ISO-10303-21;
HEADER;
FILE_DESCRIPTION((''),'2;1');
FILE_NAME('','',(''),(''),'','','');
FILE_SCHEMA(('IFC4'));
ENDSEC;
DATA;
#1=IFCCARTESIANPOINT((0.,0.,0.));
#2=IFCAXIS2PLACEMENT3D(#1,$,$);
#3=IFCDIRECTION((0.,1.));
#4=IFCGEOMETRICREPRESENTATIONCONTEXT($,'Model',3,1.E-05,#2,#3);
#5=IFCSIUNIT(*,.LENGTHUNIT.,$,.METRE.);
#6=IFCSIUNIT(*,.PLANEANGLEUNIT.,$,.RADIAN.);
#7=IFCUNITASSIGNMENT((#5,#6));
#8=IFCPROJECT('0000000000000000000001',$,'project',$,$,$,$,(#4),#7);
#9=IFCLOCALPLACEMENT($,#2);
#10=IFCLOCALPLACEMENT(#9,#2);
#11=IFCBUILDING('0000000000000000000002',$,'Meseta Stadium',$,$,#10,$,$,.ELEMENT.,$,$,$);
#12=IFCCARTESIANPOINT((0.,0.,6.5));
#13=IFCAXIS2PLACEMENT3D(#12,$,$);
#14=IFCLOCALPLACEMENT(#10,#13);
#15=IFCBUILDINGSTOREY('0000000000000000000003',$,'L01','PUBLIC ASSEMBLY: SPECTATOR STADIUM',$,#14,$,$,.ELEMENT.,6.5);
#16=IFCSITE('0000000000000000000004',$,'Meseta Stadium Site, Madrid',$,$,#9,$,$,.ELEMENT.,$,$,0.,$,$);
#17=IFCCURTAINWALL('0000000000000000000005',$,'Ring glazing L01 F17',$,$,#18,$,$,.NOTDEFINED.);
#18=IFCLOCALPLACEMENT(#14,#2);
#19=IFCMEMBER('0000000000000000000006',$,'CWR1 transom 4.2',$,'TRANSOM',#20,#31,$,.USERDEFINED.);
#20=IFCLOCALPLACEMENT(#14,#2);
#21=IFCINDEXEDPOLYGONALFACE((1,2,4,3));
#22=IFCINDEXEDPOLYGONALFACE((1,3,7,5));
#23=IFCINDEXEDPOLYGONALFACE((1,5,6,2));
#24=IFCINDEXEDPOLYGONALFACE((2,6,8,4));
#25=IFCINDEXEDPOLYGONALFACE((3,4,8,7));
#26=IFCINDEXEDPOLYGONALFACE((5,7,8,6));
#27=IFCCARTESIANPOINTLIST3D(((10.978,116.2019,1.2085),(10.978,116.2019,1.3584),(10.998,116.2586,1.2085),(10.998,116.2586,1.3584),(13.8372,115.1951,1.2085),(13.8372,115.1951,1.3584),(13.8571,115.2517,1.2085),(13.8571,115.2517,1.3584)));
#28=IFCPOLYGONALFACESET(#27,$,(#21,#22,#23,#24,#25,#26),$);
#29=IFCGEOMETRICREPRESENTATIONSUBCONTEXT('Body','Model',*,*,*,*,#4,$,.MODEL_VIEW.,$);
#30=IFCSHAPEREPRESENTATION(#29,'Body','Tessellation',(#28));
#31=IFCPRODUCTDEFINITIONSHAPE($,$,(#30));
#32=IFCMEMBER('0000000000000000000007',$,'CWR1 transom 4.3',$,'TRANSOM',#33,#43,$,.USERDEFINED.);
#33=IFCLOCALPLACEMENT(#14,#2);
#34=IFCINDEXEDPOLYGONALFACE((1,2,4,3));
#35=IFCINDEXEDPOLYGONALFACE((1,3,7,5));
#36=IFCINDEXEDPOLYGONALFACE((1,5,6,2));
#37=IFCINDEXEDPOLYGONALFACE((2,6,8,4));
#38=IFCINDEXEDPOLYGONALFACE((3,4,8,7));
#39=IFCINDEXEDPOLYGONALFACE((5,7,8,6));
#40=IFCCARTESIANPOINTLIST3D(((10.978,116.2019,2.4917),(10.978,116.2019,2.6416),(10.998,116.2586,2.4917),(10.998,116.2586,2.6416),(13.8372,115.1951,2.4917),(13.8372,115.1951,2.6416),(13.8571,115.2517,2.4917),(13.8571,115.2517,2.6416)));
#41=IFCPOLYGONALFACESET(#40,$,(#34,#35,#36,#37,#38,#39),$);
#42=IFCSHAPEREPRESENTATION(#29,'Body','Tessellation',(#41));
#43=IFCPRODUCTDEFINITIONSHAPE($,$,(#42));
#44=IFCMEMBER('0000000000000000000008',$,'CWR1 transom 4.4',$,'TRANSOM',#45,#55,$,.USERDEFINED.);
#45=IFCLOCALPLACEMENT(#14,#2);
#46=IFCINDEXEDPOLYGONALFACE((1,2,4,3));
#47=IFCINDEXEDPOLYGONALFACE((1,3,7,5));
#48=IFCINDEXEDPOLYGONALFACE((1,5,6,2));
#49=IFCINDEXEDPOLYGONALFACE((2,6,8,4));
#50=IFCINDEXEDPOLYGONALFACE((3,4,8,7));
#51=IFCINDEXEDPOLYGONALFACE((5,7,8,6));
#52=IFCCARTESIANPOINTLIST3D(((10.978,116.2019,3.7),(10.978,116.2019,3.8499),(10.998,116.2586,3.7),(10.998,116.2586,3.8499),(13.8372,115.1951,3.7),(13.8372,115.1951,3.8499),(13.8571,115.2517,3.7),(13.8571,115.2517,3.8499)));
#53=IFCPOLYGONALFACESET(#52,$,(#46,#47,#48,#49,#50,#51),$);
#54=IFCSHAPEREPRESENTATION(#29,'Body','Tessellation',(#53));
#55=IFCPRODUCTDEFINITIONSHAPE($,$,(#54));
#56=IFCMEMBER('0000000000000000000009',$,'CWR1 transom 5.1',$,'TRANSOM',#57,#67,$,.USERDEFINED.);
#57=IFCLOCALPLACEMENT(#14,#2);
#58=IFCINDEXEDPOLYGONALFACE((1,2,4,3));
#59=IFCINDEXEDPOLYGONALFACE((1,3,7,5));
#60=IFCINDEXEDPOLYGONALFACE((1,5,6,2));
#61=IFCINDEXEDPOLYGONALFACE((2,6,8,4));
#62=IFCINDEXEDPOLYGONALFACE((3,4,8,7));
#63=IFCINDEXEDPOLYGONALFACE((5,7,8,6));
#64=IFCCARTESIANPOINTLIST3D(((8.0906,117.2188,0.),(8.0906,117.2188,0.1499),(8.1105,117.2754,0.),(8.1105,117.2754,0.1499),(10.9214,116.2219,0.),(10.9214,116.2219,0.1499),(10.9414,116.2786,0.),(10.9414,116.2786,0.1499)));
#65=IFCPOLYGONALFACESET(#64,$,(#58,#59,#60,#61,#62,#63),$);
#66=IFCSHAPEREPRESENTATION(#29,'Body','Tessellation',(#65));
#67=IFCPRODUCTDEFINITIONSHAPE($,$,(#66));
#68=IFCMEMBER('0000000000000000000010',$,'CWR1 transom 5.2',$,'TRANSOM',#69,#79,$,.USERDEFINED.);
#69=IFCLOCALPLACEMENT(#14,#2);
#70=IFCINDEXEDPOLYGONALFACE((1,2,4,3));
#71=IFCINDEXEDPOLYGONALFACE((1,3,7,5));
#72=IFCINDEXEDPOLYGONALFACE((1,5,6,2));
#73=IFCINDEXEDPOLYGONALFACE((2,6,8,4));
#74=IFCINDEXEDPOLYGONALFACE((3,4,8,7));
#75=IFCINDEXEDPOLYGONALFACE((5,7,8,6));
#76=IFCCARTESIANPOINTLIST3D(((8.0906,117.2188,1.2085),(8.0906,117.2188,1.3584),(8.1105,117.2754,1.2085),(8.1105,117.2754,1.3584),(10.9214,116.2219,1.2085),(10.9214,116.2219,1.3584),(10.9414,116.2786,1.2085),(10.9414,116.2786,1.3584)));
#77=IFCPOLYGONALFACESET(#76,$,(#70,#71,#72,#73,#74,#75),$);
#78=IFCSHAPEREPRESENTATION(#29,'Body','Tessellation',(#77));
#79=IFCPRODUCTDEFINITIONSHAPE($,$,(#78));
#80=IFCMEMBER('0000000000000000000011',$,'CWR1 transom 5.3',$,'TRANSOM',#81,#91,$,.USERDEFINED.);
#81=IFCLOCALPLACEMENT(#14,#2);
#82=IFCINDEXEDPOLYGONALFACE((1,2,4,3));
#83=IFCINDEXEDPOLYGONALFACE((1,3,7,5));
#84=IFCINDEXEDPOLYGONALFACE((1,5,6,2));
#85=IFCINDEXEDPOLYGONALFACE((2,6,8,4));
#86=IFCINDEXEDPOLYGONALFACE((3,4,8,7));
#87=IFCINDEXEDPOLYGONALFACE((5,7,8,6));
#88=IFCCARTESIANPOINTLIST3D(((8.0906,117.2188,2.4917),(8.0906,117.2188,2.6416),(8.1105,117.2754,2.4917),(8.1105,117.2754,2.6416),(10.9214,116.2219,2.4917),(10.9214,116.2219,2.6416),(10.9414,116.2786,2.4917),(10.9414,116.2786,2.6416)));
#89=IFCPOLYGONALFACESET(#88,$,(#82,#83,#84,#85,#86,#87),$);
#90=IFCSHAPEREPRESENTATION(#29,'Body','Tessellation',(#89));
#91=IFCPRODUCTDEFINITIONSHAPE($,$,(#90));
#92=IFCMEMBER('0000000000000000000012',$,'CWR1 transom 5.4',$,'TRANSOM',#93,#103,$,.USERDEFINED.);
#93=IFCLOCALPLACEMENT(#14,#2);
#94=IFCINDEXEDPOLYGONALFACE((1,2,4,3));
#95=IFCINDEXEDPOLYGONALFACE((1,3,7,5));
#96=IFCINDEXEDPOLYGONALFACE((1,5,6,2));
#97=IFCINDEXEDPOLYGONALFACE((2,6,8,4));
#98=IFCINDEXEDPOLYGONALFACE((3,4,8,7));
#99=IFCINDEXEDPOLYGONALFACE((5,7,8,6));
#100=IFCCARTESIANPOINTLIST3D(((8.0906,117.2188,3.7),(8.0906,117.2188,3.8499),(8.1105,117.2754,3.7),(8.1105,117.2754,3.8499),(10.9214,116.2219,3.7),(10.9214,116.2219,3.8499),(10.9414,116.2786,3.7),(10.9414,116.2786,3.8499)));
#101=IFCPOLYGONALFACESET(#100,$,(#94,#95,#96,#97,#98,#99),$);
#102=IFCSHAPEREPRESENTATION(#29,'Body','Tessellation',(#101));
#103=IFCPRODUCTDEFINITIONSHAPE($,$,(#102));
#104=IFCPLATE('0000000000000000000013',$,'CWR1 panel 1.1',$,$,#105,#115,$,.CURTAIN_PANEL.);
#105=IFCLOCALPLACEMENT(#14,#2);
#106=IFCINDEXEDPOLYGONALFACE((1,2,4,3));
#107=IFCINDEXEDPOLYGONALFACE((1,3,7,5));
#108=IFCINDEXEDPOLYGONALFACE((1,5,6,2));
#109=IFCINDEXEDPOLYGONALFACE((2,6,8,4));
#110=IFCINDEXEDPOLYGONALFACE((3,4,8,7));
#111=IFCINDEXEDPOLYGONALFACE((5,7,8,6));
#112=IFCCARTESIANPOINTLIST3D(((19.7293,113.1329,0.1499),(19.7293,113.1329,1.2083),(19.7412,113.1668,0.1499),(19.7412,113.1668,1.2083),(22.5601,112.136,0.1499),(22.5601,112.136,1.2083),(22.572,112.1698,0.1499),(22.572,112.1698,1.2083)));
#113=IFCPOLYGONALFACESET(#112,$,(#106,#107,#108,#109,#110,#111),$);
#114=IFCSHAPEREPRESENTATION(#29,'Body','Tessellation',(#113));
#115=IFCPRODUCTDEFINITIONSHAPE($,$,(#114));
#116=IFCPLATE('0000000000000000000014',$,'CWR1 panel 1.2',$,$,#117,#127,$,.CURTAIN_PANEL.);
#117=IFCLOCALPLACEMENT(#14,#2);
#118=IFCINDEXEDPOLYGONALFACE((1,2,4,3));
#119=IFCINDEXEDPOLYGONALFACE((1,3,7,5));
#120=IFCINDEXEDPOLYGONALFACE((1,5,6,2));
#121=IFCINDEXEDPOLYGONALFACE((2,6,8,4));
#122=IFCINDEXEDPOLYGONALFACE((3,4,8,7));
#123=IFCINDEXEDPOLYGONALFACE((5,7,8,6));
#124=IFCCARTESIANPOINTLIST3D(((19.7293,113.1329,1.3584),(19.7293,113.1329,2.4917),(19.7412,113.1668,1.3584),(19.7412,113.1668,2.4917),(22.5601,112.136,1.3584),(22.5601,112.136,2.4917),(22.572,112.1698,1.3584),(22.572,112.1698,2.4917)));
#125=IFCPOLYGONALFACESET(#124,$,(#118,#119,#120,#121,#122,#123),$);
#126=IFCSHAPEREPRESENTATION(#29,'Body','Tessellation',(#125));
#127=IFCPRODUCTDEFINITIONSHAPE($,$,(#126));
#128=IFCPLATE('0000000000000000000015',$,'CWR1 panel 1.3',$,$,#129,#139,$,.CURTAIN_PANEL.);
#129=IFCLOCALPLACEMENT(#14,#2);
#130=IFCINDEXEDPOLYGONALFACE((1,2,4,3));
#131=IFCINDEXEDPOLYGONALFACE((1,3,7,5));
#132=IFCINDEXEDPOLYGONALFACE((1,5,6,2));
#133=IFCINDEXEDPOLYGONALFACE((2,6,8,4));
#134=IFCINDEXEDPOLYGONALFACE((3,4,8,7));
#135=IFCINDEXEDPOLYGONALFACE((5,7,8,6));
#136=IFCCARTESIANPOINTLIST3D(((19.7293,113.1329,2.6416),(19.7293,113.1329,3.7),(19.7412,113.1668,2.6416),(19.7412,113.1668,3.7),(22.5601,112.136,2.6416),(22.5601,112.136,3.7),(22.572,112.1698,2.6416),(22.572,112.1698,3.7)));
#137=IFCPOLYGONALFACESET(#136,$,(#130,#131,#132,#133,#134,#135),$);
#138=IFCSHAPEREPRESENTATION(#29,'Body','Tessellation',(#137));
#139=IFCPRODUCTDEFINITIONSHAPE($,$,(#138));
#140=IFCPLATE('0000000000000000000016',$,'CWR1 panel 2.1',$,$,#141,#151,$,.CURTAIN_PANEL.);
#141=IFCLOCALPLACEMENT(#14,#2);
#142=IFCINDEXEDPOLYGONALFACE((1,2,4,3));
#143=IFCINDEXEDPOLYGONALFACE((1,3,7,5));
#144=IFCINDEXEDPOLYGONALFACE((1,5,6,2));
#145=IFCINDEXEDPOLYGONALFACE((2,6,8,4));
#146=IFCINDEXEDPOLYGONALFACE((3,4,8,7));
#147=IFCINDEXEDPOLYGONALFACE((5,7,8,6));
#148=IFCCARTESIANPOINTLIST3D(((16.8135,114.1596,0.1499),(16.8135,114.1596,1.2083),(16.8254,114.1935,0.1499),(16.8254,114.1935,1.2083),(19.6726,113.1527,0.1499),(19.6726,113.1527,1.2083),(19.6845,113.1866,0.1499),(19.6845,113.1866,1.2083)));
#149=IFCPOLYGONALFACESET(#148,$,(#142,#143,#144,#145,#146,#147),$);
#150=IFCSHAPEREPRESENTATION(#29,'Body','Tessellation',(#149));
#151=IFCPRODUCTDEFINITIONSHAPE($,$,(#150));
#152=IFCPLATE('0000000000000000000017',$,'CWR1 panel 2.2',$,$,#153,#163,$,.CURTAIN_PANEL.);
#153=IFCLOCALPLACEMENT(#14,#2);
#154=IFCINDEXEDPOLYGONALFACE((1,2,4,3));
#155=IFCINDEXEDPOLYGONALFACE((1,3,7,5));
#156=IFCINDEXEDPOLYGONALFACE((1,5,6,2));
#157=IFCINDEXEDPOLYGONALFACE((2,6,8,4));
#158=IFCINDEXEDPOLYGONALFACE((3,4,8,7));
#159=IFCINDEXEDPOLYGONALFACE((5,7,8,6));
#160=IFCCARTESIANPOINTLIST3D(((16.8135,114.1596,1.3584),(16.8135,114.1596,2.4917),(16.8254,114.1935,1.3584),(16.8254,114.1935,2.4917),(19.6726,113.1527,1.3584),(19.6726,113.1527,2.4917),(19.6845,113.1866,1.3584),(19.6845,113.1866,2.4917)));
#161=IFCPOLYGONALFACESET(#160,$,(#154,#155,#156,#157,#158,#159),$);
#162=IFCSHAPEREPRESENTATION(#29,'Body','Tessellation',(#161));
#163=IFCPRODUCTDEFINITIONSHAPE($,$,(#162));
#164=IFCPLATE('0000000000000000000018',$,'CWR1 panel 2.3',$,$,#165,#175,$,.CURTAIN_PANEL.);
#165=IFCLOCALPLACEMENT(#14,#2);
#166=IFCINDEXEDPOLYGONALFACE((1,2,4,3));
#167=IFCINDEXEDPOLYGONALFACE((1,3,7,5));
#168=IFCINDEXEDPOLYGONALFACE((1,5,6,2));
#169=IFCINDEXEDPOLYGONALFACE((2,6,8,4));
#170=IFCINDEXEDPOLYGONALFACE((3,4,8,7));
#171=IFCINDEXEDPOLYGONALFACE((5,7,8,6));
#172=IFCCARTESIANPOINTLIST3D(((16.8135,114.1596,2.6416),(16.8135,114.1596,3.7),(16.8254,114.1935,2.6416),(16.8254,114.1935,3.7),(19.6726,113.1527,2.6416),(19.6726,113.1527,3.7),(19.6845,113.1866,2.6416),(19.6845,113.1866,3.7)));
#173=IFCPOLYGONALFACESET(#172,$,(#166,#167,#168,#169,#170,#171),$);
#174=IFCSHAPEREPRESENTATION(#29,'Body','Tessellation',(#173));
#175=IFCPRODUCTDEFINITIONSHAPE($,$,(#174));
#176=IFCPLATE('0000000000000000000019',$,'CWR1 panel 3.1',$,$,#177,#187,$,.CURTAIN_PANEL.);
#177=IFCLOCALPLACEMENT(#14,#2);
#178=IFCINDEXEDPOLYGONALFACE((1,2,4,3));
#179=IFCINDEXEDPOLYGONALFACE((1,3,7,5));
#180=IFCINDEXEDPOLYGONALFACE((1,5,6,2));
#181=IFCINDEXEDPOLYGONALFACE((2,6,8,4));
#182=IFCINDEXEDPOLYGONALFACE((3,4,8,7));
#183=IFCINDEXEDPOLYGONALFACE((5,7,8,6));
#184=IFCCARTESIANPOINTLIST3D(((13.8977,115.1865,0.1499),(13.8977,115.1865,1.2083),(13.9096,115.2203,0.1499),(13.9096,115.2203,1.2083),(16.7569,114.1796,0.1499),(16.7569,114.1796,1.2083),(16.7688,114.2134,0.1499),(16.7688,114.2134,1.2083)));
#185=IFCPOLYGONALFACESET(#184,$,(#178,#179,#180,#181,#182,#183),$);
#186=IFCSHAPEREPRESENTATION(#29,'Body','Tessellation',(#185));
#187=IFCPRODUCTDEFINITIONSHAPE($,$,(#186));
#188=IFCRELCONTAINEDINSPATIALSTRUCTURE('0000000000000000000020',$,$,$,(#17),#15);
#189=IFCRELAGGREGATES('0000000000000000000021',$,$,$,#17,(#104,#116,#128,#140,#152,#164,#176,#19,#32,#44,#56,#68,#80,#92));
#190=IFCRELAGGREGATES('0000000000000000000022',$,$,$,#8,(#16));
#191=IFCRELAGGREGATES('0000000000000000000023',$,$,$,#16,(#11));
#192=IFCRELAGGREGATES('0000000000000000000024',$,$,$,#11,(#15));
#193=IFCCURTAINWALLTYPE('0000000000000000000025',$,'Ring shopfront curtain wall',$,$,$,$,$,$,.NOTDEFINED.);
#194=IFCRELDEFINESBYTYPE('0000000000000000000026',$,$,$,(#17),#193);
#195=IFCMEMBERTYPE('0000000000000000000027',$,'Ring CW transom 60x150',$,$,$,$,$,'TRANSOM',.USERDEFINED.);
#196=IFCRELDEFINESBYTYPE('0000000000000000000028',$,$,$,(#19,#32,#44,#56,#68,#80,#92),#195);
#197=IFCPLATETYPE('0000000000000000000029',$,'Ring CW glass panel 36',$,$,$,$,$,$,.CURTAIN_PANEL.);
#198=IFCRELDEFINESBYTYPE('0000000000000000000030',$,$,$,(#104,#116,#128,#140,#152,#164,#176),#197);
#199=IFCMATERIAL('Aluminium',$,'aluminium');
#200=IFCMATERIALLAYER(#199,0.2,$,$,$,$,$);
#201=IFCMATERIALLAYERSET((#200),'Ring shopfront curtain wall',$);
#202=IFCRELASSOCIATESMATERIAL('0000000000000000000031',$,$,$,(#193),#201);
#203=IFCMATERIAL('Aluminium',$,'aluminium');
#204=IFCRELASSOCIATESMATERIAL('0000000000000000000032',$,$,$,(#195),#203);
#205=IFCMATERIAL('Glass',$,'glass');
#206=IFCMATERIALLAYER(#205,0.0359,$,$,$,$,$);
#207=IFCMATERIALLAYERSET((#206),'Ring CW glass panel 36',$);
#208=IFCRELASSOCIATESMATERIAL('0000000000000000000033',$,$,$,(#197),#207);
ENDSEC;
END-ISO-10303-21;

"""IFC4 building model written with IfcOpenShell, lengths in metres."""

from ifc_helpers import new_model, si_unit, direction, frame, origin, origin_2d, place, context, subcontext, project, spatial, rectangle, extrude, material, layer, layer_set, material_profile, profile_set, type_object, element, aggregate, save


model = new_model("IFC4")

# Units and contexts
model_context = context("Model", 3, precision=1e-05, world=origin(), true_north=direction((0.0, 1.0)))
body_context = subcontext(model_context, "Body", "Model", "MODEL_VIEW")
ifc_project = project(units=[si_unit("LENGTHUNIT", "METRE"), si_unit("PLANEANGLEUNIT", "RADIAN")], contexts=[model_context])

# Site, building, storey
site_placement = place(None, origin())
site = spatial("IfcSite", under=ifc_project, at=site_placement, Name="Meseta Stadium Site, Madrid", CompositionType="ELEMENT", RefElevation=0.0)
building_placement = place(site_placement, origin())
building = spatial("IfcBuilding", under=site, at=building_placement, Name="Meseta Stadium", CompositionType="ELEMENT")
storey_placement = place(building_placement, frame((0.0, 0.0, 6.5)))
storey = spatial("IfcBuildingStorey", under=building, at=storey_placement, Name="L01", Description="PUBLIC ASSEMBLY: SPECTATOR STADIUM", CompositionType="ELEMENT", Elevation=6.5)

# Curtain wall, members, plates
ifc_material_1 = material(Name="Aluminium", Category="aluminium")
ifc_layer_1 = layer(ifc_material_1, 0.2)
ifc_layer_set_1 = layer_set([ifc_layer_1], Name="Ring shopfront curtain wall")
curtain_wall_type = type_object("IfcCurtainWallType", Name="Ring shopfront curtain wall", PredefinedType="NOTDEFINED", material=ifc_layer_set_1)
curtain_wall_placement = place(storey_placement, origin())
curtain_wall = element("IfcCurtainWall", 1, at=curtain_wall_placement, inside=storey, type_object=curtain_wall_type, Name="Ring glazing L01 F17", PredefinedType="NOTDEFINED")
ifc_material_2 = material(Name="Aluminium", Category="aluminium")
ifc_material_profile_1 = material_profile(ifc_material_2, rectangle(XDim=0.0601, YDim=0.1499, at=origin_2d()), Name="CW 60x150")
ifc_profile_set_1 = profile_set([ifc_material_profile_1], Name="Aluminium")
member_type_1 = type_object("IfcMemberType", Name="Ring CW transom 60x150", ElementType="TRANSOM", PredefinedType="USERDEFINED", material=ifc_profile_set_1)
member_1_placement = place(storey_placement, frame((13.8472, 115.2234, 1.2834), z_axis=(-0.943225, 0.332154, 0.0), x_axis=(-0.332154, -0.943225, 0.0)))
member_1 = element("IfcMember", 2, at=member_1_placement, type_object=member_type_1, Name="CWR1 transom 4.2", ObjectType="TRANSOM", PredefinedType="USERDEFINED", context=body_context, shape_type="SweptSolid", body=[
    extrude(rectangle(XDim=0.0601, YDim=0.1499, at=origin_2d()), origin(), (0.0, 0.0, 1.0), 3.0312),
])
member_2_placement = place(storey_placement, frame((13.8472, 115.2234, 2.5667), z_axis=(-0.943225, 0.332154, 0.0), x_axis=(-0.332154, -0.943225, 0.0)))
member_2 = element("IfcMember", 3, at=member_2_placement, type_object=member_type_1, Name="CWR1 transom 4.3", ObjectType="TRANSOM", PredefinedType="USERDEFINED", context=body_context, shape_type="SweptSolid", body=[
    extrude(rectangle(XDim=0.0601, YDim=0.1499, at=origin_2d()), origin(), (0.0, 0.0, 1.0), 3.0312),
])
member_3_placement = place(storey_placement, frame((13.8472, 115.2234, 3.7749), z_axis=(-0.943225, 0.332154, 0.0), x_axis=(-0.332154, -0.943225, 0.0)))
member_3 = element("IfcMember", 4, at=member_3_placement, type_object=member_type_1, Name="CWR1 transom 4.4", ObjectType="TRANSOM", PredefinedType="USERDEFINED", context=body_context, shape_type="SweptSolid", body=[
    extrude(rectangle(XDim=0.0601, YDim=0.1499, at=origin_2d()), origin(), (0.0, 0.0, 1.0), 3.0312),
])
member_4_placement = place(storey_placement, frame((10.9314, 116.2502, 0.075), z_axis=(-0.943229, 0.332143, 0.0), x_axis=(-0.332143, -0.943229, 0.0)))
member_4 = element("IfcMember", 5, at=member_4_placement, type_object=member_type_1, Name="CWR1 transom 5.1", ObjectType="TRANSOM", PredefinedType="USERDEFINED", context=body_context, shape_type="SweptSolid", body=[
    extrude(rectangle(XDim=0.0601, YDim=0.1499, at=origin_2d()), origin(), (0.0, 0.0, 1.0), 3.0012),
])
member_5_placement = place(storey_placement, frame((10.9314, 116.2502, 1.2834), z_axis=(-0.943229, 0.332143, 0.0), x_axis=(-0.332143, -0.943229, 0.0)))
member_5 = element("IfcMember", 6, at=member_5_placement, type_object=member_type_1, Name="CWR1 transom 5.2", ObjectType="TRANSOM", PredefinedType="USERDEFINED", context=body_context, shape_type="SweptSolid", body=[
    extrude(rectangle(XDim=0.0601, YDim=0.1499, at=origin_2d()), origin(), (0.0, 0.0, 1.0), 3.0012),
])
member_6_placement = place(storey_placement, frame((10.9314, 116.2502, 2.5667), z_axis=(-0.943229, 0.332143, 0.0), x_axis=(-0.332143, -0.943229, 0.0)))
member_6 = element("IfcMember", 7, at=member_6_placement, type_object=member_type_1, Name="CWR1 transom 5.3", ObjectType="TRANSOM", PredefinedType="USERDEFINED", context=body_context, shape_type="SweptSolid", body=[
    extrude(rectangle(XDim=0.0601, YDim=0.1499, at=origin_2d()), origin(), (0.0, 0.0, 1.0), 3.0012),
])
member_7_placement = place(storey_placement, frame((10.9314, 116.2502, 3.7749), z_axis=(-0.943229, 0.332143, 0.0), x_axis=(-0.332143, -0.943229, 0.0)))
member_7 = element("IfcMember", 8, at=member_7_placement, type_object=member_type_1, Name="CWR1 transom 5.4", ObjectType="TRANSOM", PredefinedType="USERDEFINED", context=body_context, shape_type="SweptSolid", body=[
    extrude(rectangle(XDim=0.0601, YDim=0.1499, at=origin_2d()), origin(), (0.0, 0.0, 1.0), 3.0012),
])
ifc_material_3 = material(Name="Glass", Category="glass")
ifc_layer_2 = layer(ifc_material_3, 0.0359)
ifc_layer_set_2 = layer_set([ifc_layer_2], Name="Ring CW glass panel 36")
plate_type = type_object("IfcPlateType", Name="Ring CW glass panel 36", PredefinedType="CURTAIN_PANEL", material=ifc_layer_set_2)
plate_1_placement = place(storey_placement, frame((21.1506, 112.6514, 0.1499), z_axis=(0.0, 0.0, 1.0), x_axis=(-0.943218, 0.332174, 0.0)))
plate_1 = element("IfcPlate", 9, at=plate_1_placement, type_object=plate_type, Name="CWR1 panel 1.1", PredefinedType="CURTAIN_PANEL", context=body_context, shape_type="SweptSolid", body=[
    extrude(rectangle(XDim=3.0012, YDim=0.0359, at=origin_2d()), origin(), (0.0, 0.0, 1.0), 1.0583),
])
plate_2_placement = place(storey_placement, frame((21.1506, 112.6514, 1.3584), z_axis=(0.0, 0.0, 1.0), x_axis=(-0.943218, 0.332174, 0.0)))
plate_2 = element("IfcPlate", 10, at=plate_2_placement, type_object=plate_type, Name="CWR1 panel 1.2", PredefinedType="CURTAIN_PANEL", context=body_context, shape_type="SweptSolid", body=[
    extrude(rectangle(XDim=3.0012, YDim=0.0359, at=origin_2d()), origin(), (0.0, 0.0, 1.0), 1.1333),
])
plate_3_placement = place(storey_placement, frame((21.1506, 112.6514, 2.6416), z_axis=(0.0, 0.0, 1.0), x_axis=(-0.943218, 0.332174, 0.0)))
plate_3 = element("IfcPlate", 11, at=plate_3_placement, type_object=plate_type, Name="CWR1 panel 1.3", PredefinedType="CURTAIN_PANEL", context=body_context, shape_type="SweptSolid", body=[
    extrude(rectangle(XDim=3.0012, YDim=0.0359, at=origin_2d()), origin(), (0.0, 0.0, 1.0), 1.0583),
])
plate_4_placement = place(storey_placement, frame((18.249, 113.6731, 0.1499), z_axis=(0.0, 0.0, 1.0), x_axis=(-0.943218, 0.332174, 0.0)))
plate_4 = element("IfcPlate", 12, at=plate_4_placement, type_object=plate_type, Name="CWR1 panel 2.1", PredefinedType="CURTAIN_PANEL", context=body_context, shape_type="SweptSolid", body=[
    extrude(rectangle(XDim=3.0312, YDim=0.0359, at=origin_2d()), origin(), (0.0, 0.0, 1.0), 1.0583),
])
plate_5_placement = place(storey_placement, frame((18.249, 113.6731, 1.3584), z_axis=(0.0, 0.0, 1.0), x_axis=(-0.943218, 0.332174, 0.0)))
plate_5 = element("IfcPlate", 13, at=plate_5_placement, type_object=plate_type, Name="CWR1 panel 2.2", PredefinedType="CURTAIN_PANEL", context=body_context, shape_type="SweptSolid", body=[
    extrude(rectangle(XDim=3.0312, YDim=0.0359, at=origin_2d()), origin(), (0.0, 0.0, 1.0), 1.1333),
])
plate_6_placement = place(storey_placement, frame((18.249, 113.6731, 2.6416), z_axis=(0.0, 0.0, 1.0), x_axis=(-0.943218, 0.332174, 0.0)))
plate_6 = element("IfcPlate", 14, at=plate_6_placement, type_object=plate_type, Name="CWR1 panel 2.3", PredefinedType="CURTAIN_PANEL", context=body_context, shape_type="SweptSolid", body=[
    extrude(rectangle(XDim=3.0312, YDim=0.0359, at=origin_2d()), origin(), (0.0, 0.0, 1.0), 1.0583),
])
plate_7_placement = place(storey_placement, frame((15.3333, 114.7, 0.1499), z_axis=(0.0, 0.0, 1.0), x_axis=(-0.943218, 0.332174, 0.0)))
plate_7 = element("IfcPlate", 15, at=plate_7_placement, type_object=plate_type, Name="CWR1 panel 3.1", PredefinedType="CURTAIN_PANEL", context=body_context, shape_type="SweptSolid", body=[
    extrude(rectangle(XDim=3.0312, YDim=0.0359, at=origin_2d()), origin(), (0.0, 0.0, 1.0), 1.0583),
])
aggregate(curtain_wall, [plate_1, plate_2, plate_3, plate_4, plate_5, plate_6, plate_7, member_1, member_2, member_3, member_4, member_5, member_6, member_7])

save(model, "model.ifc")
